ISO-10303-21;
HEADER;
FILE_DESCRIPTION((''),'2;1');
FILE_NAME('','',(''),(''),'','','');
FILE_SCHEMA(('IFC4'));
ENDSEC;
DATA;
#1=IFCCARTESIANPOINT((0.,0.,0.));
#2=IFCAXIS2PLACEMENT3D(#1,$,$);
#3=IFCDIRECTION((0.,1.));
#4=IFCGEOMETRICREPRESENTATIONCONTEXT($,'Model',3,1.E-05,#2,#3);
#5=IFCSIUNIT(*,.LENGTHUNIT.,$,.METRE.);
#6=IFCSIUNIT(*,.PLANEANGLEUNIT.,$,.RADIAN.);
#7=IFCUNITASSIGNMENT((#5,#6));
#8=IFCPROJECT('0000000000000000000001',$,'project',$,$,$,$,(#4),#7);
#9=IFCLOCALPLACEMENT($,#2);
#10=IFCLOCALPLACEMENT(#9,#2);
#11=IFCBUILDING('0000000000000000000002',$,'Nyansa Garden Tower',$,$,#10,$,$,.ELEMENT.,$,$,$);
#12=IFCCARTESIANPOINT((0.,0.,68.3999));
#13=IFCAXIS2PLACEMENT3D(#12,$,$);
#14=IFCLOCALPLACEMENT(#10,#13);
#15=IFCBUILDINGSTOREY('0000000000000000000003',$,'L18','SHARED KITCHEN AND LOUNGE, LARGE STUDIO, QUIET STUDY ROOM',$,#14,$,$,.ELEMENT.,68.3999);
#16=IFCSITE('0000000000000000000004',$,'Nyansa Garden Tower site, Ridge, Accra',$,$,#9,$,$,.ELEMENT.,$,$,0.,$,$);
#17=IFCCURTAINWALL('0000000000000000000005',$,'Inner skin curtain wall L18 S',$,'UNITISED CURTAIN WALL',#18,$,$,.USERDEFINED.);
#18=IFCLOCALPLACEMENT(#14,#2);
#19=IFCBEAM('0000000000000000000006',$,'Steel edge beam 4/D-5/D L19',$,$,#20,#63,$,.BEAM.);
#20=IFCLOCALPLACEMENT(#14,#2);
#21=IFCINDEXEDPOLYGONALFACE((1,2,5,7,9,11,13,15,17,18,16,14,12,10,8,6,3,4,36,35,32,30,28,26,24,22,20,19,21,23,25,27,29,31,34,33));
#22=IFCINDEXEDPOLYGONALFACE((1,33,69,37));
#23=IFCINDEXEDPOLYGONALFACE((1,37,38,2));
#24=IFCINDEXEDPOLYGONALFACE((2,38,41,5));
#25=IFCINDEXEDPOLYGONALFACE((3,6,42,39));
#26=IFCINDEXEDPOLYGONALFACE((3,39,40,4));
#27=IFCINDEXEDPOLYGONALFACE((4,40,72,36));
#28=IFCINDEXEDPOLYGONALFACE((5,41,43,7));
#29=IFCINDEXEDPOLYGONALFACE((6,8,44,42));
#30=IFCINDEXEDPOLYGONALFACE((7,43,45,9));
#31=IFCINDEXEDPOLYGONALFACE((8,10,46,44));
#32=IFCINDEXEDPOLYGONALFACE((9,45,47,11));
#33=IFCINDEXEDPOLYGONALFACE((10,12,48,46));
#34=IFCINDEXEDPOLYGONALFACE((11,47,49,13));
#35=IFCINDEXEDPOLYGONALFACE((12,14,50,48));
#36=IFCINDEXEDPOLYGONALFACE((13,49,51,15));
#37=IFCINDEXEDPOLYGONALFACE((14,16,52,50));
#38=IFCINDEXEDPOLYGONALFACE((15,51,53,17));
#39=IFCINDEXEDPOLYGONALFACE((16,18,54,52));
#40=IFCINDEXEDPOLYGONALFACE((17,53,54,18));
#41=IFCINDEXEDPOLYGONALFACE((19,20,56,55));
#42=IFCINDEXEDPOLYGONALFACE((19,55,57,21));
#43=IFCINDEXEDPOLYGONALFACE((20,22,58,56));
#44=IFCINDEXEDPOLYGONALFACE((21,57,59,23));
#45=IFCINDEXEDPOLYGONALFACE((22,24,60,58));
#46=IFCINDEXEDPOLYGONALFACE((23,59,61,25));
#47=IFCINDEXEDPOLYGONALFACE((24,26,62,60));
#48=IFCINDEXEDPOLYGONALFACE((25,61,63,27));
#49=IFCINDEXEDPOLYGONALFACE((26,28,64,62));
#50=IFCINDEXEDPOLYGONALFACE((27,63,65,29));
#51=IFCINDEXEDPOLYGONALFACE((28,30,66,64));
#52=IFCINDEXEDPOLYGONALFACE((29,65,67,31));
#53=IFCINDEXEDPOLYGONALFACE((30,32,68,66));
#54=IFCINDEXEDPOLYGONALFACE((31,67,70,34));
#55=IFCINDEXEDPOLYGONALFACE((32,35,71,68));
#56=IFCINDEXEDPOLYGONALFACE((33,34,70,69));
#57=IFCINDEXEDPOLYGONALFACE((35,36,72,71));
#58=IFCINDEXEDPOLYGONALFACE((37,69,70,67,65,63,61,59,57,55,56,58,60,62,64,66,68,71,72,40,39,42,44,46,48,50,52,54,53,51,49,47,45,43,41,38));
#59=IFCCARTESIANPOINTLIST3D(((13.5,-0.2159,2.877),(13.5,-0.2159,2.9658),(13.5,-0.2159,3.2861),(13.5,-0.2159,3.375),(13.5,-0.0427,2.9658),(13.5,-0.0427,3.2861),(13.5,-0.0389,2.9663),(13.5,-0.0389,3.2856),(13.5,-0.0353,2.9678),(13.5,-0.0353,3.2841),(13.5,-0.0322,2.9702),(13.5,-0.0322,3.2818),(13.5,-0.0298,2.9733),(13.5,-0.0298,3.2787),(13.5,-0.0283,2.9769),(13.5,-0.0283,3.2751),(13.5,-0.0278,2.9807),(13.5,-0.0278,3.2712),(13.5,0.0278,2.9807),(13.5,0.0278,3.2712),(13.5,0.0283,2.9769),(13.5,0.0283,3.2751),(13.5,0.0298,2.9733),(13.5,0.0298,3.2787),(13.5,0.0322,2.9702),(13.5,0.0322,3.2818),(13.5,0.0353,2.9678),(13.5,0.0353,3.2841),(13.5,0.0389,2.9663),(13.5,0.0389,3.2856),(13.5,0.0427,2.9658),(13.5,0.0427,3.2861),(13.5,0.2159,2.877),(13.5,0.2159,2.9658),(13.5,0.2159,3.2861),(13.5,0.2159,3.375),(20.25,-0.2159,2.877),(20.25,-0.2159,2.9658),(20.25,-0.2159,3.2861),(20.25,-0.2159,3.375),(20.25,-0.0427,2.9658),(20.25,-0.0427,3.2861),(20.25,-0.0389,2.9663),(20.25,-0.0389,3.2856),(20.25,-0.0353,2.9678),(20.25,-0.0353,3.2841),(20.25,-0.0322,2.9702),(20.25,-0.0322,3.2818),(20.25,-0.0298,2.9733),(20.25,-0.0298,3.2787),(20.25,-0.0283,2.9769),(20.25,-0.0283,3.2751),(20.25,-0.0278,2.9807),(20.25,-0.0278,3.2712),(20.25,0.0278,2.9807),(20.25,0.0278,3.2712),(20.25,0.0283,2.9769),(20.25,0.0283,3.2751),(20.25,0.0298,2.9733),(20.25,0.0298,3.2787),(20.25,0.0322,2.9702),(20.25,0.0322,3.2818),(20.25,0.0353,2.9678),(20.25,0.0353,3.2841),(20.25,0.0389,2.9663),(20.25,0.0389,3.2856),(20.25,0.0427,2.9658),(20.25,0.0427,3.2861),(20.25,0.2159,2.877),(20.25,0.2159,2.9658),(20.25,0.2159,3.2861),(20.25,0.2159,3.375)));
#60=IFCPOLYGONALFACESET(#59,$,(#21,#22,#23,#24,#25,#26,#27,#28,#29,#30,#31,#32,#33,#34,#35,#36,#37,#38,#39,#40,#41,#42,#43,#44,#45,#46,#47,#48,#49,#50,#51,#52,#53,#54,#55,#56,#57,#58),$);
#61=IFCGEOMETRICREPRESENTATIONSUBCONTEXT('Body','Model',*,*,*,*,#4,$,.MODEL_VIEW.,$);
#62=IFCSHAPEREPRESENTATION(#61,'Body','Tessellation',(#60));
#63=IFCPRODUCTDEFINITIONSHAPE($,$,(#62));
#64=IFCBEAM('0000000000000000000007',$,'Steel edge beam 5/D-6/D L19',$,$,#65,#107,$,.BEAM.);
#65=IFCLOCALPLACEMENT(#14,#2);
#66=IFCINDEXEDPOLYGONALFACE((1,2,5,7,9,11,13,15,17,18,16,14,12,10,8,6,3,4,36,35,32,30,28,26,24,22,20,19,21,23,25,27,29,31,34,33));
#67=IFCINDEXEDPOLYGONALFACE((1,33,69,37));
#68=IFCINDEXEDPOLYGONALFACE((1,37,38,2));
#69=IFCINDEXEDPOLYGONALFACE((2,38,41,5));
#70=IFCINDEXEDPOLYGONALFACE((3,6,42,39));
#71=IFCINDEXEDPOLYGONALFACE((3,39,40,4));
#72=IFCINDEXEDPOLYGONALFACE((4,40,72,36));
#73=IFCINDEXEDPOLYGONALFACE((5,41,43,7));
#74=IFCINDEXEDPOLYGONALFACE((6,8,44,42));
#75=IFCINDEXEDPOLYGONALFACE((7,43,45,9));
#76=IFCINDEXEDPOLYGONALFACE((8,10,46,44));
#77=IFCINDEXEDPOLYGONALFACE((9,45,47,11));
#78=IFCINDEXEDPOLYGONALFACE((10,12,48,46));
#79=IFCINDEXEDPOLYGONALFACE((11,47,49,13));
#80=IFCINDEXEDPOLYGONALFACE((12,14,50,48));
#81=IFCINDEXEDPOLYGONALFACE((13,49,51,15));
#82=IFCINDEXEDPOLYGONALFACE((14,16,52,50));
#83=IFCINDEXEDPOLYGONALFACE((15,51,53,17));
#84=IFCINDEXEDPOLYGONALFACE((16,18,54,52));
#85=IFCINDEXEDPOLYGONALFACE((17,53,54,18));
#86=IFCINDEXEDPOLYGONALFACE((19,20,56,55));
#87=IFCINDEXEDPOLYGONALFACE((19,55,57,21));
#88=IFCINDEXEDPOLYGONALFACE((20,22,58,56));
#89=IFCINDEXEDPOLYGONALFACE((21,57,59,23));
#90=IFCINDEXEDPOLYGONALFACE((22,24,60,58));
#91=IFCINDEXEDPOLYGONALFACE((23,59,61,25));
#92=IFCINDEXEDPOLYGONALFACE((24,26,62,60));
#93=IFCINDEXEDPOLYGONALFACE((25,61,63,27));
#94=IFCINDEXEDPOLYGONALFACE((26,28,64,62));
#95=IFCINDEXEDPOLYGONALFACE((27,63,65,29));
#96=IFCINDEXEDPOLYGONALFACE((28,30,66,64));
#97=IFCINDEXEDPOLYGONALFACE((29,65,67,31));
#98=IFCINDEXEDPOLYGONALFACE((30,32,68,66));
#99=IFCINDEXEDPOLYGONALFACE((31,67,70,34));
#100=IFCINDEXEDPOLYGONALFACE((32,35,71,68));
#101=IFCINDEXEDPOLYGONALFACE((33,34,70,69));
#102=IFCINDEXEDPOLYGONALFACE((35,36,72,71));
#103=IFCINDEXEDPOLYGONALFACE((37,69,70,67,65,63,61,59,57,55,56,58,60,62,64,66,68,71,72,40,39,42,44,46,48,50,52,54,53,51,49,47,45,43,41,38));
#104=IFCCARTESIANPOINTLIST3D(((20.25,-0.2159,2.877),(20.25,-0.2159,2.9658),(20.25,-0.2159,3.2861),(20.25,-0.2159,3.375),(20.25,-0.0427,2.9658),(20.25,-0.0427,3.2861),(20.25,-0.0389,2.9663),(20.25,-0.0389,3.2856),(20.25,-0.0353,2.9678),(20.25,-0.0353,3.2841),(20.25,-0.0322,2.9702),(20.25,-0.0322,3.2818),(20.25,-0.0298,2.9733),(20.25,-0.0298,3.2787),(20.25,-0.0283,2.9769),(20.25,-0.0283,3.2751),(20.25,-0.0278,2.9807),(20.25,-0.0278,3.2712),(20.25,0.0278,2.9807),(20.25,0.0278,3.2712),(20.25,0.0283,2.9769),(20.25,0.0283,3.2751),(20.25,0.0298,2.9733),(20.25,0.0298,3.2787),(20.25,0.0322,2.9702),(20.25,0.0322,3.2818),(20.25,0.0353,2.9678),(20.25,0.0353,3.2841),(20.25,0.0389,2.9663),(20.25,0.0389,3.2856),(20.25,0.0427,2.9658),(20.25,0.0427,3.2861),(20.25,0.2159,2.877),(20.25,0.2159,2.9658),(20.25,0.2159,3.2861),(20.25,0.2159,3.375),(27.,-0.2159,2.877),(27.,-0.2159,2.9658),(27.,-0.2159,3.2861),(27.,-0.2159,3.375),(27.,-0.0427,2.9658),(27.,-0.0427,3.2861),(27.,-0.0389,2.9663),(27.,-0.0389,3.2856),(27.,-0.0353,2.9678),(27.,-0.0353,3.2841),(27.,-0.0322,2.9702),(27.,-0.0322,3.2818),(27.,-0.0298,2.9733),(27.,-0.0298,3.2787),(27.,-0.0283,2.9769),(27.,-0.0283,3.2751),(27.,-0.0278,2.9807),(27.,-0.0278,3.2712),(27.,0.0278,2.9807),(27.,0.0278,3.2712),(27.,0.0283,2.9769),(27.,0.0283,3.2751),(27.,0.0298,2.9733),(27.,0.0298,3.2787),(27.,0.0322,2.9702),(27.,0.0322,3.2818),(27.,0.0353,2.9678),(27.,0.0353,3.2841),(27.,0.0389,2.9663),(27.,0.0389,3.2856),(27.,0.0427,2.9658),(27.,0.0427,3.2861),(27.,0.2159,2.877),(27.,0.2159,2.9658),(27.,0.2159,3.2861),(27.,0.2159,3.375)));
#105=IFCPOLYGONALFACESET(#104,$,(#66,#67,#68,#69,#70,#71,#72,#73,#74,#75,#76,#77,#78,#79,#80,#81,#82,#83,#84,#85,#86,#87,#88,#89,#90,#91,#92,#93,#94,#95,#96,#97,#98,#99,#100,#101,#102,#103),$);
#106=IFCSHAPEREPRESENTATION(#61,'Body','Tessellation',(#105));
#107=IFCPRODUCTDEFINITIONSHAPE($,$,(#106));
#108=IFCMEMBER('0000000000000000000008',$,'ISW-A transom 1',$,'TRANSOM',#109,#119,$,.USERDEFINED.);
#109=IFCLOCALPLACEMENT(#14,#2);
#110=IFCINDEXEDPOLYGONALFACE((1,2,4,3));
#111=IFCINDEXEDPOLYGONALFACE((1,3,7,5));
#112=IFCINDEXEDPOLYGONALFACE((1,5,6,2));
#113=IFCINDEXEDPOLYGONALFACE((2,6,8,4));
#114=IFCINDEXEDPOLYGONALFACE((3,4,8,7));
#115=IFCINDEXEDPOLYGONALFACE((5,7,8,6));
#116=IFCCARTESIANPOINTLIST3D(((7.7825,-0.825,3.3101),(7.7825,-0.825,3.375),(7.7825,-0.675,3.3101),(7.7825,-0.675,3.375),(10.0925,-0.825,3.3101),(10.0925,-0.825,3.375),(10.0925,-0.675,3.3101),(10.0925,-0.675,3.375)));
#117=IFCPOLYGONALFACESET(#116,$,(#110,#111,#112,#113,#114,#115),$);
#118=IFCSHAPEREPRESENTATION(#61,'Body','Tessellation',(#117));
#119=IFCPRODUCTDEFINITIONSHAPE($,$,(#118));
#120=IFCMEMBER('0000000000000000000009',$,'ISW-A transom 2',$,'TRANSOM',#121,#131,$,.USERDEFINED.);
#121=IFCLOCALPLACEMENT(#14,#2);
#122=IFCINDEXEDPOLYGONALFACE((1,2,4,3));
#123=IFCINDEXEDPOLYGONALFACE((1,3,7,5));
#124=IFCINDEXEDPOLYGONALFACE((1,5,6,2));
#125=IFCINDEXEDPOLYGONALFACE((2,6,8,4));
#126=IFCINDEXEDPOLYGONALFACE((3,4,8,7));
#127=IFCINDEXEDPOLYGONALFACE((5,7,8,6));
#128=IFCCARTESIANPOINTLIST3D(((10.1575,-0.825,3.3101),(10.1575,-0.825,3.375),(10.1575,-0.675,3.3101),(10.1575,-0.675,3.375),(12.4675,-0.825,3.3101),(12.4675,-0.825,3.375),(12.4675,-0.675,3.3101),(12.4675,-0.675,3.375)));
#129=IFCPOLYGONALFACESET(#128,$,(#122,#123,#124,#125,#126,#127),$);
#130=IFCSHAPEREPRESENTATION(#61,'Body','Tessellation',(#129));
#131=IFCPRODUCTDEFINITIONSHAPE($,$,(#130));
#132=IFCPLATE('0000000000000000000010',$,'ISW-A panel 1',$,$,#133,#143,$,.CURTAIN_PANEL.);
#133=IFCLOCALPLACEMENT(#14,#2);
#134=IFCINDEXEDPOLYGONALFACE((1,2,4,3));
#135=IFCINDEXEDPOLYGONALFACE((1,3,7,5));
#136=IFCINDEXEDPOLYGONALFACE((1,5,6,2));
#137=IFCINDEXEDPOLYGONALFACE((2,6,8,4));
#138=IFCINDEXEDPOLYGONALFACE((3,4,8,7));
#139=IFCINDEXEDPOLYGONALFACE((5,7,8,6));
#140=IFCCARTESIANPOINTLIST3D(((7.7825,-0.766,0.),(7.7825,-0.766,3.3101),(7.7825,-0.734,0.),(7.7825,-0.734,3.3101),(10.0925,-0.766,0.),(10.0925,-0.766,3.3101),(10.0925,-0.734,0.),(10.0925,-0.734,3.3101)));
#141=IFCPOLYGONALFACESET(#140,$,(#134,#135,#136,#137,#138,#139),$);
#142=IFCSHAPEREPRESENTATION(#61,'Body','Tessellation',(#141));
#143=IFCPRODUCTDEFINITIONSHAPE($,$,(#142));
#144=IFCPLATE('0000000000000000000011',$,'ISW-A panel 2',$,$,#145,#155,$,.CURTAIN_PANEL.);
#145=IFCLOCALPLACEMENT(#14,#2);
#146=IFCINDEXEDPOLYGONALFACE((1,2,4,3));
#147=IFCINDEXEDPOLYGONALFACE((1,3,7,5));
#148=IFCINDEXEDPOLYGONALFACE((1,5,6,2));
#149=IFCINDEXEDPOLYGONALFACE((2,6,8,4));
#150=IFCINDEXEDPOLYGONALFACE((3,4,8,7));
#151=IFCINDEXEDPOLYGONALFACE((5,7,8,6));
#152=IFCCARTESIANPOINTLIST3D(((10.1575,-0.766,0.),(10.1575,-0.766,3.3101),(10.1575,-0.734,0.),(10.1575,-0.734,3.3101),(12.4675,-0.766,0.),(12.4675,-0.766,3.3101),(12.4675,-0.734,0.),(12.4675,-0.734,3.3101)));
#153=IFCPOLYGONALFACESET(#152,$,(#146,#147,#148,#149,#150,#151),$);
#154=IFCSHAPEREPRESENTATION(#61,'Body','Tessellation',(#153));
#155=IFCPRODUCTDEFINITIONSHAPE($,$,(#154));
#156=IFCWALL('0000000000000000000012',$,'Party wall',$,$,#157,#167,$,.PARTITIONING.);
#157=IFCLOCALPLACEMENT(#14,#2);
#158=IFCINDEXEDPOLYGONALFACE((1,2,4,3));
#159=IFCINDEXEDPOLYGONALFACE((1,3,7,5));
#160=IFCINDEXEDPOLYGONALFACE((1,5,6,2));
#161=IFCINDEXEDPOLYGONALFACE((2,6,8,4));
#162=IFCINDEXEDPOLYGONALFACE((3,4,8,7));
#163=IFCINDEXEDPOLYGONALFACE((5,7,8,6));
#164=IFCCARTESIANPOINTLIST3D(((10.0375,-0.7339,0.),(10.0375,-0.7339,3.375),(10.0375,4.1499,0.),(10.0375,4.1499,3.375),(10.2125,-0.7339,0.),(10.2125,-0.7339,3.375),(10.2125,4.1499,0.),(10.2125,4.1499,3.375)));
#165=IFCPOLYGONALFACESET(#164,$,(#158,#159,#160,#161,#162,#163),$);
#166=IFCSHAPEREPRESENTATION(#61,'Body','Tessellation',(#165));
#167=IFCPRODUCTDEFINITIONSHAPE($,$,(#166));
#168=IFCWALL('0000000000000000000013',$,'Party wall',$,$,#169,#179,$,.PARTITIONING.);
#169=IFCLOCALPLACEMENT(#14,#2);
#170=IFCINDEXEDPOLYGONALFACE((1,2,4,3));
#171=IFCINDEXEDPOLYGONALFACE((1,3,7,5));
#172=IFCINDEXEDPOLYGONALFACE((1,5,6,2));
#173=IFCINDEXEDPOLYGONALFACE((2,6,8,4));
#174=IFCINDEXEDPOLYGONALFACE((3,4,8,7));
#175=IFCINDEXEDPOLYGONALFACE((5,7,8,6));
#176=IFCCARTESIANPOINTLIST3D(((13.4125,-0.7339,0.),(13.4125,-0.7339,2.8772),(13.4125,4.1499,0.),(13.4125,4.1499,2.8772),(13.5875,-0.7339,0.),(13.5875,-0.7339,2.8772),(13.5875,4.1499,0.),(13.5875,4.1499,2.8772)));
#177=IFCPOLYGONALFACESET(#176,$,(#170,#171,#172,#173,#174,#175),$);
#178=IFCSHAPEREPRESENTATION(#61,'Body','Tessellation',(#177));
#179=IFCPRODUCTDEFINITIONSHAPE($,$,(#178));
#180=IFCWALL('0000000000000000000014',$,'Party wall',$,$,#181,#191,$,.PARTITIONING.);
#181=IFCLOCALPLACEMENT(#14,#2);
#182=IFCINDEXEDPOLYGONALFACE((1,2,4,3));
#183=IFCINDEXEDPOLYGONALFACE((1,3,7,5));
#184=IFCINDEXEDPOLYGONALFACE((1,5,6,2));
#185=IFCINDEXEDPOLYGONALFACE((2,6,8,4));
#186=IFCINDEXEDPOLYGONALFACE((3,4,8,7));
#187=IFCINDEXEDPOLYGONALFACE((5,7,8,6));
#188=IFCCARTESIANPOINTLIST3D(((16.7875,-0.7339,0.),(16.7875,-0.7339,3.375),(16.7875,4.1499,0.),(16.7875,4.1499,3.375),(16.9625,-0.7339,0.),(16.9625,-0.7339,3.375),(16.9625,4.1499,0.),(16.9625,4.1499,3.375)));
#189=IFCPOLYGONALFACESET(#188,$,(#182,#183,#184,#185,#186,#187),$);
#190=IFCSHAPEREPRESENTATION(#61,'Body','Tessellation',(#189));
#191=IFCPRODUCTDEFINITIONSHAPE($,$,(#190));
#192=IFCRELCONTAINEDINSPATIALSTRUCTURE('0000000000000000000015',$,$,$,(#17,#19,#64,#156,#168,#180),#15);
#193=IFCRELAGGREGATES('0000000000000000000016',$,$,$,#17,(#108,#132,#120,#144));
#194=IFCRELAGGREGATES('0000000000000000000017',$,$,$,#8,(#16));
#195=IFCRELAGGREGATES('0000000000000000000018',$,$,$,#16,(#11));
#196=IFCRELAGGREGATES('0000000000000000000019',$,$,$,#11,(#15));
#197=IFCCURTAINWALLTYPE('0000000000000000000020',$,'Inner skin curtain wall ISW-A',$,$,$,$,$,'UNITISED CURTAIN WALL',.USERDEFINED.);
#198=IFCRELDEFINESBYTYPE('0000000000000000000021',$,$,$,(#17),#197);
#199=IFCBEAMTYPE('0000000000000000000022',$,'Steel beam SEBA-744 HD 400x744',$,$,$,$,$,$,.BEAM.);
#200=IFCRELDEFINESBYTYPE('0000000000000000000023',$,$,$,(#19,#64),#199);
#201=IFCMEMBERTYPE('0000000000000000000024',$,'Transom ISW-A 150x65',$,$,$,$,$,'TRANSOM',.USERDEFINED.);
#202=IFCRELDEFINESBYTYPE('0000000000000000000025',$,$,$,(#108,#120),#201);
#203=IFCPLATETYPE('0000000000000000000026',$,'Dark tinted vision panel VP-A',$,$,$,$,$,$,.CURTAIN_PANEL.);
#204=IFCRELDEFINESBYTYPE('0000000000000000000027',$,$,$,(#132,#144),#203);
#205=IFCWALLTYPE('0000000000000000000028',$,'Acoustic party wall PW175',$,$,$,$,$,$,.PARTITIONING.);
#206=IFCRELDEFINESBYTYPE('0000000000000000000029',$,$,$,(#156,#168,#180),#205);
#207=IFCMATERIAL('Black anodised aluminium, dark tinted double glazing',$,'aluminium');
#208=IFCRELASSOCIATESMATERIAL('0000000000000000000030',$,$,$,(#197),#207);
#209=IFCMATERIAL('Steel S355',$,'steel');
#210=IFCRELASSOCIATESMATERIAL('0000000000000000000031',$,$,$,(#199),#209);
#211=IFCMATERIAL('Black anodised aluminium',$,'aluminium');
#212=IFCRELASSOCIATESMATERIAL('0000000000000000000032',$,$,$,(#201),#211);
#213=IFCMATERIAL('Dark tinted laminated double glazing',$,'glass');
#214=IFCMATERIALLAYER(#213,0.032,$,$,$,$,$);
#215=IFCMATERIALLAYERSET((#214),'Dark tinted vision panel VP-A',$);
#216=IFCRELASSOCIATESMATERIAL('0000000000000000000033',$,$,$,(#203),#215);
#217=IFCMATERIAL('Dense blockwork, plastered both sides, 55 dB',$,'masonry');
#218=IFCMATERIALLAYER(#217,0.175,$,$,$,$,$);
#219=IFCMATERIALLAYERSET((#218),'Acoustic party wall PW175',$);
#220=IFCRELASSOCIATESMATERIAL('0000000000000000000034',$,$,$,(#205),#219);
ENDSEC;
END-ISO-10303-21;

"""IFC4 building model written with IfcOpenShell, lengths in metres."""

from ifc_helpers import new_model, si_unit, direction, frame, frame_2d, origin, origin_2d, place, context, subcontext, project, spatial, rectangle, i_section, extrude, material, layer, layer_set, material_profile, profile_set, type_object, element, aggregate, save


model = new_model("IFC4")

# Units and contexts
model_context = context("Model", 3, precision=1e-05, world=origin(), true_north=direction((0.0, 1.0)))
body_context = subcontext(model_context, "Body", "Model", "MODEL_VIEW")
ifc_project = project(units=[si_unit("LENGTHUNIT", "METRE"), si_unit("PLANEANGLEUNIT", "RADIAN")], contexts=[model_context])

# Site, building, storey
site_placement = place(None, origin())
site = spatial("IfcSite", under=ifc_project, at=site_placement, Name="Nyansa Garden Tower site, Ridge, Accra", CompositionType="ELEMENT", RefElevation=0.0)
building_placement = place(site_placement, origin())
building = spatial("IfcBuilding", under=site, at=building_placement, Name="Nyansa Garden Tower", CompositionType="ELEMENT")
storey_placement = place(building_placement, frame((0.0, 0.0, 68.3999)))
storey = spatial("IfcBuildingStorey", under=building, at=storey_placement, Name="L18", Description="SHARED KITCHEN AND LOUNGE, LARGE STUDIO, QUIET STUDY ROOM", CompositionType="ELEMENT", Elevation=68.3999)

# Curtain wall
ifc_material_1 = material(Name="Black anodised aluminium, dark tinted double glazing", Category="aluminium")
curtain_wall_type = type_object("IfcCurtainWallType", Name="Inner skin curtain wall ISW-A", ElementType="UNITISED CURTAIN WALL", PredefinedType="USERDEFINED", material=ifc_material_1)
curtain_wall_placement = place(storey_placement, origin())
curtain_wall = element("IfcCurtainWall", 1, at=curtain_wall_placement, inside=storey, type_object=curtain_wall_type, Name="Inner skin curtain wall L18 S", ObjectType="UNITISED CURTAIN WALL", PredefinedType="USERDEFINED")

# Beams
ifc_material_2 = material(Name="Steel S355", Category="steel")
ifc_material_profile_1 = material_profile(ifc_material_2, i_section(OverallWidth=0.4319, OverallDepth=0.498, WebThickness=0.0557, FlangeThickness=0.0889, FilletRadius=0.0149, at=origin_2d()), Name="HD 400x744")
ifc_profile_set_1 = profile_set([ifc_material_profile_1], Name="Steel S355")
beam_type_1 = type_object("IfcBeamType", Name="Steel beam SEBA-744 HD 400x744", PredefinedType="BEAM", material=ifc_profile_set_1)
for number, where, z_axis, x_axis, name in (
    (2, (13.5, 0.0, 3.126), (1.0, 0.0, 0.0), (0.0, 1.0, 0.0), "Steel edge beam 4/D-5/D L19"),
    (3, (20.25, 0.0, 3.126), (1.0, 0.0, 0.0), (0.0, 1.0, 0.0), "Steel edge beam 5/D-6/D L19"),
):
    element("IfcBeam", number, at=place(storey_placement, frame(where, z_axis=z_axis, x_axis=x_axis)), inside=storey, type_object=beam_type_1, Name=name, PredefinedType="BEAM", context=body_context, shape_type="SweptSolid", body=[
        extrude(i_section(OverallWidth=0.4319, OverallDepth=0.498, WebThickness=0.0557, FlangeThickness=0.0889, FilletRadius=0.0149, at=origin_2d()), origin(), (0.0, 0.0, 1.0), 6.75),
    ])

# Members
ifc_material_3 = material(Name="Black anodised aluminium", Category="aluminium")
ifc_material_profile_2 = material_profile(ifc_material_3, rectangle(XDim=0.1499, YDim=0.0649, at=origin_2d()), Name="Transom 150x65")
ifc_profile_set_2 = profile_set([ifc_material_profile_2], Name="Black anodised aluminium")
member_type_1 = type_object("IfcMemberType", Name="Transom ISW-A 150x65", ElementType="TRANSOM", PredefinedType="USERDEFINED", material=ifc_profile_set_2)
member_1_placement = place(storey_placement, frame((7.7825, -0.75, 3.3425), z_axis=(1.0, 0.0, 0.0), x_axis=(0.0, 1.0, 0.0)))
member_1 = element("IfcMember", 4, at=member_1_placement, type_object=member_type_1, Name="ISW-A transom 1", ObjectType="TRANSOM", PredefinedType="USERDEFINED", context=body_context, shape_type="SweptSolid", body=[
    extrude(rectangle(XDim=0.1499, YDim=0.0649, at=origin_2d()), origin(), (0.0, 0.0, 1.0), 2.3101),
])
member_2_placement = place(storey_placement, frame((10.1575, -0.75, 3.3425), z_axis=(1.0, 0.0, 0.0), x_axis=(0.0, 1.0, 0.0)))
member_2 = element("IfcMember", 5, at=member_2_placement, type_object=member_type_1, Name="ISW-A transom 2", ObjectType="TRANSOM", PredefinedType="USERDEFINED", context=body_context, shape_type="SweptSolid", body=[
    extrude(rectangle(XDim=0.1499, YDim=0.0649, at=origin_2d()), origin(), (0.0, 0.0, 1.0), 2.3101),
])

# Plates
ifc_material_4 = material(Name="Dark tinted laminated double glazing", Category="glass")
ifc_layer_1 = layer(ifc_material_4, 0.032)
ifc_layer_set_1 = layer_set([ifc_layer_1], Name="Dark tinted vision panel VP-A")
plate_type = type_object("IfcPlateType", Name="Dark tinted vision panel VP-A", PredefinedType="CURTAIN_PANEL", material=ifc_layer_set_1)
plate_1_placement = place(storey_placement, frame((8.9375, -0.75, 0.0), z_axis=(0.0, 0.0, 1.0), x_axis=(1.0, 0.0, 0.0)))
plate_1 = element("IfcPlate", 6, at=plate_1_placement, type_object=plate_type, Name="ISW-A panel 1", PredefinedType="CURTAIN_PANEL", context=body_context, shape_type="SweptSolid", body=[
    extrude(rectangle(XDim=2.3101, YDim=0.032, at=origin_2d()), origin(), (0.0, 0.0, 1.0), 3.3101),
])
plate_2_placement = place(storey_placement, frame((11.3125, -0.75, 0.0), z_axis=(0.0, 0.0, 1.0), x_axis=(1.0, 0.0, 0.0)))
plate_2 = element("IfcPlate", 7, at=plate_2_placement, type_object=plate_type, Name="ISW-A panel 2", PredefinedType="CURTAIN_PANEL", context=body_context, shape_type="SweptSolid", body=[
    extrude(rectangle(XDim=2.3101, YDim=0.032, at=origin_2d()), origin(), (0.0, 0.0, 1.0), 3.3101),
])
aggregate(curtain_wall, [member_1, plate_1, member_2, plate_2])

# Walls
ifc_material_5 = material(Name="Dense blockwork, plastered both sides, 55 dB", Category="masonry")
ifc_layer_2 = layer(ifc_material_5, 0.175)
ifc_layer_set_2 = layer_set([ifc_layer_2], Name="Acoustic party wall PW175")
wall_type_1 = type_object("IfcWallType", Name="Acoustic party wall PW175", PredefinedType="PARTITIONING", material=ifc_layer_set_2)
wall_1_placement = place(storey_placement, frame((10.125, -0.7339, 0.0), z_axis=(0.0, 0.0, 1.0), x_axis=(0.0, 1.0, 0.0)))
element("IfcWall", 8, at=wall_1_placement, inside=storey, type_object=wall_type_1, Name="Party wall", PredefinedType="PARTITIONING", context=body_context, shape_type="SweptSolid", body=[
    extrude(rectangle(XDim=4.8838, YDim=0.175, at=frame_2d((2.4419, 0.0))), origin(), (0.0, 0.0, 1.0), 3.375),
])
wall_2_placement = place(storey_placement, frame((13.5, -0.7339, 0.0), z_axis=(0.0, 0.0, 1.0), x_axis=(0.0, 1.0, 0.0)))
element("IfcWall", 9, at=wall_2_placement, inside=storey, type_object=wall_type_1, Name="Party wall", PredefinedType="PARTITIONING", context=body_context, shape_type="SweptSolid", body=[
    extrude(rectangle(XDim=4.8838, YDim=0.175, at=frame_2d((2.4419, 0.0))), origin(), (0.0, 0.0, 1.0), 2.8772),
])
wall_3_placement = place(storey_placement, frame((16.875, -0.7339, 0.0), z_axis=(0.0, 0.0, 1.0), x_axis=(0.0, 1.0, 0.0)))
element("IfcWall", 10, at=wall_3_placement, inside=storey, type_object=wall_type_1, Name="Party wall", PredefinedType="PARTITIONING", context=body_context, shape_type="SweptSolid", body=[
    extrude(rectangle(XDim=4.8838, YDim=0.175, at=frame_2d((2.4419, 0.0))), origin(), (0.0, 0.0, 1.0), 3.375),
])

save(model, "model.ifc")
